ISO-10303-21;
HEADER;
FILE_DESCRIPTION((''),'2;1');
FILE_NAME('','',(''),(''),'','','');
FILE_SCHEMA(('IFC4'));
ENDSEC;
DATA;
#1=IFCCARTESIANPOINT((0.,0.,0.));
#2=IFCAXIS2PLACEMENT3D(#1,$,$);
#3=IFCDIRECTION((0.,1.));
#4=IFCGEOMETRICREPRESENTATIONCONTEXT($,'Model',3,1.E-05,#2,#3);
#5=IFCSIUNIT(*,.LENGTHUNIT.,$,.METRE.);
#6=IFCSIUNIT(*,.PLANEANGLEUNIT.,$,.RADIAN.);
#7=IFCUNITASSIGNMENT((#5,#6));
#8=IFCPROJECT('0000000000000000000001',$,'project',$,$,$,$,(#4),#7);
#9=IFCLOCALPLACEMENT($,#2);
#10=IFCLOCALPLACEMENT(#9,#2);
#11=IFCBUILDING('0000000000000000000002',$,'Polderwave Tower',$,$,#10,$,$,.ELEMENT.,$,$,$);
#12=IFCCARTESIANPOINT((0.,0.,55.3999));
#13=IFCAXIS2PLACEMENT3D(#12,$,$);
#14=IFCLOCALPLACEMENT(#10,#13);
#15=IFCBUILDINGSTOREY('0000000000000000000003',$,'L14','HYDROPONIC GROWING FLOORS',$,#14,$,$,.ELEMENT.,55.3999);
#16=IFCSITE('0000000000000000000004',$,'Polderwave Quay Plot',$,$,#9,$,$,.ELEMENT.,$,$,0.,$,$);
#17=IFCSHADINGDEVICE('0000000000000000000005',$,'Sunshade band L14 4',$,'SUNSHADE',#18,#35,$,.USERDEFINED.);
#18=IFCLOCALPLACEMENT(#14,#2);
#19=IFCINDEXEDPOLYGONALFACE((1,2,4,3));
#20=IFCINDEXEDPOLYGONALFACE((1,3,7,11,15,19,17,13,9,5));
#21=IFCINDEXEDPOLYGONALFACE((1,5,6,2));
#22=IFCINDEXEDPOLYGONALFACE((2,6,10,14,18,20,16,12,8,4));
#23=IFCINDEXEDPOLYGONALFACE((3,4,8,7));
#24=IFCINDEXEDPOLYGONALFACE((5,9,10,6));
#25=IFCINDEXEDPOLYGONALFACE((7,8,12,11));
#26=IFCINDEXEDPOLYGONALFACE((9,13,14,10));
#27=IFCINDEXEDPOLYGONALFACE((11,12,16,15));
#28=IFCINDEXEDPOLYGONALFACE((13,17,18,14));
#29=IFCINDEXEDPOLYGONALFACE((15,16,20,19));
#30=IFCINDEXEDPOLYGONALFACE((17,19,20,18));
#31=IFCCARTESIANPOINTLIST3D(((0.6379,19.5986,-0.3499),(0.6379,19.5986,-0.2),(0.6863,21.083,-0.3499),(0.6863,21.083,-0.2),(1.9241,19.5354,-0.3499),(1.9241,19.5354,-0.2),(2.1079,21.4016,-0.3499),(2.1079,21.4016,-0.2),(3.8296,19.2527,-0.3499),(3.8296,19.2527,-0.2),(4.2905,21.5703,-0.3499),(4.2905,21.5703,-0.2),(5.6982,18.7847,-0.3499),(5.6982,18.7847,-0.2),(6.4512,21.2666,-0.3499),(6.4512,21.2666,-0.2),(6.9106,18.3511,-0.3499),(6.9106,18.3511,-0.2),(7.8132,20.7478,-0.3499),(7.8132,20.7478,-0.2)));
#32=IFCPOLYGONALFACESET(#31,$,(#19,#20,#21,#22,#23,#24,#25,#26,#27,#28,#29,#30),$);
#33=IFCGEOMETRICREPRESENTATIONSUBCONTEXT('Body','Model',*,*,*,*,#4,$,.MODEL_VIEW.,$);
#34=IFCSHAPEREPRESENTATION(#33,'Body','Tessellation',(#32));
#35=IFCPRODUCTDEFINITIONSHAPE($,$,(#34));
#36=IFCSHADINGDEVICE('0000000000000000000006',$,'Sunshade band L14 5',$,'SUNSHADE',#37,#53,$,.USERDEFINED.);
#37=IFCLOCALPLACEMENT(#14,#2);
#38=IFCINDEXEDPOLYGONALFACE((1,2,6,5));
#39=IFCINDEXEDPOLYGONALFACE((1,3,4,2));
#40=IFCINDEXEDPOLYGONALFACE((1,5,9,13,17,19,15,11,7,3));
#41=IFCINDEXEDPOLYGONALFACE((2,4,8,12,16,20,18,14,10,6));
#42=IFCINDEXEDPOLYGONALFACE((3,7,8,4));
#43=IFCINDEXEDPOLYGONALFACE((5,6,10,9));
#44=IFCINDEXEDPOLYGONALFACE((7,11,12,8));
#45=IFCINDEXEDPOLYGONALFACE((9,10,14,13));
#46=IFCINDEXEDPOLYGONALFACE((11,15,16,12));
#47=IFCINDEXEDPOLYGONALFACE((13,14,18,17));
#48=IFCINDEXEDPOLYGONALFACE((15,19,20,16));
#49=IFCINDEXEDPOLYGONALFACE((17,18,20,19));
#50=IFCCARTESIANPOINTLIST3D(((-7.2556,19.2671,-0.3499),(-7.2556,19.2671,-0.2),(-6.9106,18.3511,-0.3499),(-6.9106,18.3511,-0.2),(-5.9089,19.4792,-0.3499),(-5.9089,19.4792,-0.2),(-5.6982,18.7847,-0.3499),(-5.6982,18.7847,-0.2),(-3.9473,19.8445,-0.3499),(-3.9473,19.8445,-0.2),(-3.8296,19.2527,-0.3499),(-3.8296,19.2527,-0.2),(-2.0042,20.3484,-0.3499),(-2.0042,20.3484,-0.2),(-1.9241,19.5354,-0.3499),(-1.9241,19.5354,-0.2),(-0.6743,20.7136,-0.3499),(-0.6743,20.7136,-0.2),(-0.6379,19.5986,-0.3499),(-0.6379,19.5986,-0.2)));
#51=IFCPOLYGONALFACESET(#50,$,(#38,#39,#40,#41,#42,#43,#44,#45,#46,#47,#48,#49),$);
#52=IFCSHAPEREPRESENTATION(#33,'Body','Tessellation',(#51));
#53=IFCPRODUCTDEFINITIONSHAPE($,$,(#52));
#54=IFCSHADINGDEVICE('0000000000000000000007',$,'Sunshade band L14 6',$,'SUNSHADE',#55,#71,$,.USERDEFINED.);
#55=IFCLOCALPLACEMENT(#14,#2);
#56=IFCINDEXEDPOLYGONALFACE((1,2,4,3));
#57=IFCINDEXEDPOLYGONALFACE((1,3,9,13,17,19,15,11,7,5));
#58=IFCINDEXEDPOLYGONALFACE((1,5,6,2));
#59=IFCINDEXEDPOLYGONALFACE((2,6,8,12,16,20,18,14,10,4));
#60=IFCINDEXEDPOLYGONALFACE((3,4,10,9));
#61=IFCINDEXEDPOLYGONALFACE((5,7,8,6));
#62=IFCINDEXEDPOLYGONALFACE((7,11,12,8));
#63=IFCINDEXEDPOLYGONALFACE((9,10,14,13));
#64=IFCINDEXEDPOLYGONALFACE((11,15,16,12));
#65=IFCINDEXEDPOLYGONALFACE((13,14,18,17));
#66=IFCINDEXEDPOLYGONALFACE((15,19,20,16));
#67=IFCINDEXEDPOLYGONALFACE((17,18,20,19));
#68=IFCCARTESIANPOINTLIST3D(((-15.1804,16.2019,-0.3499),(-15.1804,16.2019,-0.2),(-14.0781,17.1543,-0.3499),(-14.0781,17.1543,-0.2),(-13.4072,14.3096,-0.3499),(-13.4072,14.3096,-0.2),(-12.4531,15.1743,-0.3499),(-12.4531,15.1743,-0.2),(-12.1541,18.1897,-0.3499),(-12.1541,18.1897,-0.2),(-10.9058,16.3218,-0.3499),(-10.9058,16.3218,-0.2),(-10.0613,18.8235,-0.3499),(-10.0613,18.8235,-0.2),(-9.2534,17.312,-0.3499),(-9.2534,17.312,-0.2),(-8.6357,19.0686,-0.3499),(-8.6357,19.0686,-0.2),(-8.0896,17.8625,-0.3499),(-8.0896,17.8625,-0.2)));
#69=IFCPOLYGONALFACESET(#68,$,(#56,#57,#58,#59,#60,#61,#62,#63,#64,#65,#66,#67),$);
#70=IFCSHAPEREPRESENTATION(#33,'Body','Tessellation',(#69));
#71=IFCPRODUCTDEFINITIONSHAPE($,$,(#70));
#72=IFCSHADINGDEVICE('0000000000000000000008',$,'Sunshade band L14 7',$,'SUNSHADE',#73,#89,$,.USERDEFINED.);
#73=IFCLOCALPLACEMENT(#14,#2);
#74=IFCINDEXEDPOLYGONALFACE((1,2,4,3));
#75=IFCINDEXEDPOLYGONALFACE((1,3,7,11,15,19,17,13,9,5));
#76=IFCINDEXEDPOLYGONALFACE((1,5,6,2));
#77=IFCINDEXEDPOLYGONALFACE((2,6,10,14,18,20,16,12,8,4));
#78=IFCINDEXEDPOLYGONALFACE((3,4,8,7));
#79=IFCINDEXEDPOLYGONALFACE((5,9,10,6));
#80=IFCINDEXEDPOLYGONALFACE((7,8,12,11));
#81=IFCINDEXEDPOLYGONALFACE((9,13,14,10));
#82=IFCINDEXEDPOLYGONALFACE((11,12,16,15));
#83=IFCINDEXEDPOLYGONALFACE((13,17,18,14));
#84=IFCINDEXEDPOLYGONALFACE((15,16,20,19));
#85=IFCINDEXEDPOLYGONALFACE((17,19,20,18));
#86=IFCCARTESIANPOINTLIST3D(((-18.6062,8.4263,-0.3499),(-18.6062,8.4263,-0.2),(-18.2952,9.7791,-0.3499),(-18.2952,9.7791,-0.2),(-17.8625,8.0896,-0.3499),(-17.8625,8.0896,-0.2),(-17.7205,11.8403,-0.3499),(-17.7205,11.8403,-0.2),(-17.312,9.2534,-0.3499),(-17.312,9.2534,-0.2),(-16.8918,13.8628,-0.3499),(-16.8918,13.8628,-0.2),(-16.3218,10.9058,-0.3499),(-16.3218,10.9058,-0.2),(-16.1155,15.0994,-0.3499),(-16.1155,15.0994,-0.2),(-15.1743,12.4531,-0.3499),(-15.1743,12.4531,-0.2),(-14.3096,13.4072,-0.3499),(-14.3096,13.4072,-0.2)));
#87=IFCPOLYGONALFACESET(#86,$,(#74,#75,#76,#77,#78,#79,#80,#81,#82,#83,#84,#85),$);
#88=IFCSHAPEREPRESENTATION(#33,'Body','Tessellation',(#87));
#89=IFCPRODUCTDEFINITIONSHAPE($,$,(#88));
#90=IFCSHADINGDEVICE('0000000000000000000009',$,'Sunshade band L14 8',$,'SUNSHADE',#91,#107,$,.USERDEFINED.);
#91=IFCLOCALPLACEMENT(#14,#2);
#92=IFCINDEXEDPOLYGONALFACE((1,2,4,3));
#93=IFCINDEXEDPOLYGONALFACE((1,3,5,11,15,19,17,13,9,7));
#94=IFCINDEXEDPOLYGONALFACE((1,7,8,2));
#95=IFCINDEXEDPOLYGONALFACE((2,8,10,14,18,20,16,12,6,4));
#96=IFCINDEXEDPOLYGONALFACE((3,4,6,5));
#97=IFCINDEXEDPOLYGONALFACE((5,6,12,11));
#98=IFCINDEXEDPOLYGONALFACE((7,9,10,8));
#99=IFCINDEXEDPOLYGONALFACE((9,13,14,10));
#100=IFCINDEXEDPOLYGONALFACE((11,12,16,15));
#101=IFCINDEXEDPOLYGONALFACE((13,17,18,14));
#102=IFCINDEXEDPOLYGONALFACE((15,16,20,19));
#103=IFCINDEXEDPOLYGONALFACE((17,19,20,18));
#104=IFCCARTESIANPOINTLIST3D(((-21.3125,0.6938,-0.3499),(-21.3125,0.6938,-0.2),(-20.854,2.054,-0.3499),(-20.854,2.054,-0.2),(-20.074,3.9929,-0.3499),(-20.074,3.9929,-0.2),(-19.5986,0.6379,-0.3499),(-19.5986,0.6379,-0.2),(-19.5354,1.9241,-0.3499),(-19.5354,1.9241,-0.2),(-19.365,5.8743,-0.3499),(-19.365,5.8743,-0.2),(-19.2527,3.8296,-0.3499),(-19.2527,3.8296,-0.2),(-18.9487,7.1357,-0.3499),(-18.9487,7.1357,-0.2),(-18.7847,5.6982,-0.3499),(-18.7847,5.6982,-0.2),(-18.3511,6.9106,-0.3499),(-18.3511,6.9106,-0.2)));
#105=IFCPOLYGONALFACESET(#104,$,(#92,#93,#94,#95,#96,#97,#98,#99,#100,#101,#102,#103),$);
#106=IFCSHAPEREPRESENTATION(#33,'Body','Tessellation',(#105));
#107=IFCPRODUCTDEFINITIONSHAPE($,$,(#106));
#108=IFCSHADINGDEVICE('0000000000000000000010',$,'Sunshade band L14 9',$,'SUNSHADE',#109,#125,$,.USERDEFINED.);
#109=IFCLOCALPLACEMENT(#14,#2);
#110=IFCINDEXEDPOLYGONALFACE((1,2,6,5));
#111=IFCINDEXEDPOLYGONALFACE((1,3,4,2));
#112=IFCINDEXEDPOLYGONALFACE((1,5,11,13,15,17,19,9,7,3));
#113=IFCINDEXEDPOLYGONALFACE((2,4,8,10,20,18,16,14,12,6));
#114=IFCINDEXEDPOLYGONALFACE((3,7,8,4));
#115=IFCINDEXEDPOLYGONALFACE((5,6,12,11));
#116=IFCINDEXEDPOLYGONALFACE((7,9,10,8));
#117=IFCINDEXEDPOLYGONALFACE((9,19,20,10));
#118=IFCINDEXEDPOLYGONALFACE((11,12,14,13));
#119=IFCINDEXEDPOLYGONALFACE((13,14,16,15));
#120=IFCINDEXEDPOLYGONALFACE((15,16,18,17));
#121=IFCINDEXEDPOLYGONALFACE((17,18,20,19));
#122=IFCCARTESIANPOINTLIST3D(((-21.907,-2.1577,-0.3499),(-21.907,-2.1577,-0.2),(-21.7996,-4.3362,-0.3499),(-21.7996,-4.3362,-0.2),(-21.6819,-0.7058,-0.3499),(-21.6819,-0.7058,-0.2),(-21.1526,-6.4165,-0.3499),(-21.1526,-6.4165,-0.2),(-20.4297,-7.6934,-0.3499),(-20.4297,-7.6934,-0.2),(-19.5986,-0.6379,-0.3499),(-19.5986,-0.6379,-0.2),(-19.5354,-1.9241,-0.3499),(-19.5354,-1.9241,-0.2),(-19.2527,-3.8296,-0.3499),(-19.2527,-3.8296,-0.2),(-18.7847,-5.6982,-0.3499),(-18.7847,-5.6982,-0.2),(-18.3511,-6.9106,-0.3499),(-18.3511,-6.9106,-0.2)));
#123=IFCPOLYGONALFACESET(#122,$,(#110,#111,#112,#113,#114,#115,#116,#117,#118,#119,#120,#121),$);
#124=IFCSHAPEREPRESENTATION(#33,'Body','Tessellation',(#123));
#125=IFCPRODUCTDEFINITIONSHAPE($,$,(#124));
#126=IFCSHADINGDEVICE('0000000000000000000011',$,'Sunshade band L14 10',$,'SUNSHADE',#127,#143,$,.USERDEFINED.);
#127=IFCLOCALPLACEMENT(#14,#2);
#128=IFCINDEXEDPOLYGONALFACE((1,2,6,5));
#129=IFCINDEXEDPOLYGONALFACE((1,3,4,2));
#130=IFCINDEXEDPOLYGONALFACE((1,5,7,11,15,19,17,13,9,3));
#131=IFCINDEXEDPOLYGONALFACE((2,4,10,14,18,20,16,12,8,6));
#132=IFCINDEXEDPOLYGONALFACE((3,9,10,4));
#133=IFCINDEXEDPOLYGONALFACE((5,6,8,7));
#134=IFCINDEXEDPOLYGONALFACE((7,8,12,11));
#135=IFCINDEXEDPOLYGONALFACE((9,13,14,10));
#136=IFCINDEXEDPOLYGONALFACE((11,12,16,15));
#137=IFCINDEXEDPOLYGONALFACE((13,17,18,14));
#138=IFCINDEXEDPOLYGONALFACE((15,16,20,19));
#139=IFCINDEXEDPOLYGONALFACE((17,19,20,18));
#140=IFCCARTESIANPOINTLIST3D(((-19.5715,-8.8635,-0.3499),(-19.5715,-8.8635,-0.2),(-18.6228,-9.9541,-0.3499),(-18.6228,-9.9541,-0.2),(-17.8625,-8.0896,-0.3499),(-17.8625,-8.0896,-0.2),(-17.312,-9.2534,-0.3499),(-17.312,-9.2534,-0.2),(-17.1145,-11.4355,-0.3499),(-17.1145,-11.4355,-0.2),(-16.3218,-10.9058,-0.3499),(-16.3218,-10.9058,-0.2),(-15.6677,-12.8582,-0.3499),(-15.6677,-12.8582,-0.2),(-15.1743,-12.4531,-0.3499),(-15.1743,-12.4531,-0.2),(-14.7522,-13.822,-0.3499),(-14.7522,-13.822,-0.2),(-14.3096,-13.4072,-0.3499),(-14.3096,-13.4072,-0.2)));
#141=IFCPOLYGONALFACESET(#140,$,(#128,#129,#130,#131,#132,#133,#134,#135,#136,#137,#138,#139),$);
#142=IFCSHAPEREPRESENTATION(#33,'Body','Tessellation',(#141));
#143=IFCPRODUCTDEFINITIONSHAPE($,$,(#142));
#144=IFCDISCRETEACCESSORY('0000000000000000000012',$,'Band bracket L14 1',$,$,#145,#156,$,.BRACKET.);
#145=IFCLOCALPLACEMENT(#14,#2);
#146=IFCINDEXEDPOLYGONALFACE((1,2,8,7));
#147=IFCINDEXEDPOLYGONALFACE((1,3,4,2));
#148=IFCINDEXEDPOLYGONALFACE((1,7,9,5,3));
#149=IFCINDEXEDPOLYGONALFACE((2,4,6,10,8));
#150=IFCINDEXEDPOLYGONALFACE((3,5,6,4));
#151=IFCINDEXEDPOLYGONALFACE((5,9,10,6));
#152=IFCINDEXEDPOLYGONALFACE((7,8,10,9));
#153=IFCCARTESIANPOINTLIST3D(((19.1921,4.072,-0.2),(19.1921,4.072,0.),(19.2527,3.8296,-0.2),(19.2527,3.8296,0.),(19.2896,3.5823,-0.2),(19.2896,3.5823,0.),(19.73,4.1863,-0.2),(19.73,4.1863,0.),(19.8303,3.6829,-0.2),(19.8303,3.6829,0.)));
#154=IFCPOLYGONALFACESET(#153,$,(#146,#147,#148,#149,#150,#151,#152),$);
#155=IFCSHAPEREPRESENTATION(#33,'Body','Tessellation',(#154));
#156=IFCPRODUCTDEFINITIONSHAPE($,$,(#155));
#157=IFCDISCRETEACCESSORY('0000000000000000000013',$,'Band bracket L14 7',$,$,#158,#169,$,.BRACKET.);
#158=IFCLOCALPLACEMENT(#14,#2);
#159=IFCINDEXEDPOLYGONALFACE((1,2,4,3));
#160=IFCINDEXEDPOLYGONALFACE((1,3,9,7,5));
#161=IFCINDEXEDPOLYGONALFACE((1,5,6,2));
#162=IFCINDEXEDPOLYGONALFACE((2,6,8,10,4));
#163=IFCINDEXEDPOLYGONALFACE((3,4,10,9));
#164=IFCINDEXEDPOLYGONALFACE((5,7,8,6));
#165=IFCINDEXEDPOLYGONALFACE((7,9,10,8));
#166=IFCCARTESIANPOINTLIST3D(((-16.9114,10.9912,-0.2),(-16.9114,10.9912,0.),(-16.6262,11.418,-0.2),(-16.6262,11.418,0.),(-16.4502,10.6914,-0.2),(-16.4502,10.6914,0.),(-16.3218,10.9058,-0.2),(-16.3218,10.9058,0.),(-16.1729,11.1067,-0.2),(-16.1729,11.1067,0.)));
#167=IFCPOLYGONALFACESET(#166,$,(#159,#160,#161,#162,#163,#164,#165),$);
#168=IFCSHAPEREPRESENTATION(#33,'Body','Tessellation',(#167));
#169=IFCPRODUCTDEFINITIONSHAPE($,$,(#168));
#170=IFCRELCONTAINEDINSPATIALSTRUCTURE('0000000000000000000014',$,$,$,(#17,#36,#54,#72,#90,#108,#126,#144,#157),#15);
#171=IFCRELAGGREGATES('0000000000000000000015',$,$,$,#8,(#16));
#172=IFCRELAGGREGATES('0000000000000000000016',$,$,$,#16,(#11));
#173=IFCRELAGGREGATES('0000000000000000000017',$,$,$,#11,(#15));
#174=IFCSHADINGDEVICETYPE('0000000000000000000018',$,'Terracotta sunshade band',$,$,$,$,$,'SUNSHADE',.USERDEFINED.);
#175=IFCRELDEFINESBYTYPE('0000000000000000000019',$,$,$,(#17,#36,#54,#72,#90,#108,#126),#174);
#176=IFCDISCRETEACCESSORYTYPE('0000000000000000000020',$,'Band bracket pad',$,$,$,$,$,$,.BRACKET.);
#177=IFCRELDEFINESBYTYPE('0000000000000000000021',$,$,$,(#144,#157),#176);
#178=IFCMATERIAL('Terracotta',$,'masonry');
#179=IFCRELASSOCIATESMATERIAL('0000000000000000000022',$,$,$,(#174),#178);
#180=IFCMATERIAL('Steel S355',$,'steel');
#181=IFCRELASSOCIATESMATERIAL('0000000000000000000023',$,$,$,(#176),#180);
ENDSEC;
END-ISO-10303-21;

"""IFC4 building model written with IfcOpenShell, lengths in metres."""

from ifc_helpers import new_model, si_unit, direction, frame, origin, place, context, subcontext, project, spatial, polyline, outline, extrude, material, type_object, element, save


model = new_model("IFC4")

# Units and contexts
model_context = context("Model", 3, precision=1e-05, world=origin(), true_north=direction((0.0, 1.0)))
body_context = subcontext(model_context, "Body", "Model", "MODEL_VIEW")
ifc_project = project(units=[si_unit("LENGTHUNIT", "METRE"), si_unit("PLANEANGLEUNIT", "RADIAN")], contexts=[model_context])

# Site, building, storey
site_placement = place(None, origin())
site = spatial("IfcSite", under=ifc_project, at=site_placement, Name="Polderwave Quay Plot", CompositionType="ELEMENT", RefElevation=0.0)
building_placement = place(site_placement, origin())
building = spatial("IfcBuilding", under=site, at=building_placement, Name="Polderwave Tower", CompositionType="ELEMENT")
storey_placement = place(building_placement, frame((0.0, 0.0, 55.3999)))
storey = spatial("IfcBuildingStorey", under=building, at=storey_placement, Name="L14", Description="HYDROPONIC GROWING FLOORS", CompositionType="ELEMENT", Elevation=55.3999)

# Shading devices
ifc_material_1 = material(Name="Terracotta", Category="masonry")
shading_device_type = type_object("IfcShadingDeviceType", Name="Terracotta sunshade band", ElementType="SUNSHADE", PredefinedType="USERDEFINED", material=ifc_material_1)
shading_device_1_placement = place(storey_placement, frame((0.0, 0.0, -0.3499)))
element("IfcShadingDevice", 1, at=shading_device_1_placement, inside=storey, type_object=shading_device_type, Name="Sunshade band L14 4", ObjectType="SUNSHADE", PredefinedType="USERDEFINED", context=body_context, shape_type="SweptSolid", body=[
    extrude(outline(polyline([(6.9106, 18.3511), (5.6982, 18.7847), (3.8296, 19.2527), (1.9241, 19.5354), (0.6379, 19.5986), (0.6863, 21.083), (2.1079, 21.4016), (4.2905, 21.5703), (6.4512, 21.2666), (7.8132, 20.7478), (6.9106, 18.3511)])), origin(), (0.0, 0.0, 1.0), 0.1499),
])
shading_device_2_placement = place(storey_placement, frame((0.0, 0.0, -0.3499)))
element("IfcShadingDevice", 2, at=shading_device_2_placement, inside=storey, type_object=shading_device_type, Name="Sunshade band L14 5", ObjectType="SUNSHADE", PredefinedType="USERDEFINED", context=body_context, shape_type="SweptSolid", body=[
    extrude(outline(polyline([(-0.6379, 19.5986), (-1.9241, 19.5354), (-3.8296, 19.2527), (-5.6982, 18.7847), (-6.9106, 18.3511), (-7.2556, 19.2671), (-5.9089, 19.4792), (-3.9473, 19.8445), (-2.0042, 20.3484), (-0.6743, 20.7136), (-0.6379, 19.5986)])), origin(), (0.0, 0.0, 1.0), 0.1499),
])
shading_device_3_placement = place(storey_placement, frame((0.0, 0.0, -0.3499)))
element("IfcShadingDevice", 3, at=shading_device_3_placement, inside=storey, type_object=shading_device_type, Name="Sunshade band L14 6", ObjectType="SUNSHADE", PredefinedType="USERDEFINED", context=body_context, shape_type="SweptSolid", body=[
    extrude(outline(polyline([(-8.0896, 17.8625), (-9.2534, 17.312), (-10.9058, 16.3218), (-12.4531, 15.1743), (-13.4072, 14.3096), (-15.1804, 16.2019), (-14.0781, 17.1543), (-12.1541, 18.1897), (-10.0613, 18.8235), (-8.6357, 19.0686), (-8.0896, 17.8625)])), origin(), (0.0, 0.0, 1.0), 0.1499),
])
shading_device_4_placement = place(storey_placement, frame((0.0, 0.0, -0.3499)))
element("IfcShadingDevice", 4, at=shading_device_4_placement, inside=storey, type_object=shading_device_type, Name="Sunshade band L14 7", ObjectType="SUNSHADE", PredefinedType="USERDEFINED", context=body_context, shape_type="SweptSolid", body=[
    extrude(outline(polyline([(-14.3096, 13.4072), (-15.1743, 12.4531), (-16.3218, 10.9058), (-17.312, 9.2534), (-17.8625, 8.0896), (-18.6062, 8.4263), (-18.2952, 9.7791), (-17.7205, 11.8403), (-16.8918, 13.8628), (-16.1155, 15.0994), (-14.3096, 13.4072)])), origin(), (0.0, 0.0, 1.0), 0.1499),
])
shading_device_5_placement = place(storey_placement, frame((0.0, 0.0, -0.3499)))
element("IfcShadingDevice", 5, at=shading_device_5_placement, inside=storey, type_object=shading_device_type, Name="Sunshade band L14 8", ObjectType="SUNSHADE", PredefinedType="USERDEFINED", context=body_context, shape_type="SweptSolid", body=[
    extrude(outline(polyline([(-18.3511, 6.9106), (-18.7847, 5.6982), (-19.2527, 3.8296), (-19.5354, 1.9241), (-19.5986, 0.6379), (-21.3125, 0.6938), (-20.854, 2.054), (-20.074, 3.9929), (-19.365, 5.8743), (-18.9487, 7.1357), (-18.3511, 6.9106)])), origin(), (0.0, 0.0, 1.0), 0.1499),
])
shading_device_6_placement = place(storey_placement, frame((0.0, 0.0, -0.3499)))
element("IfcShadingDevice", 6, at=shading_device_6_placement, inside=storey, type_object=shading_device_type, Name="Sunshade band L14 9", ObjectType="SUNSHADE", PredefinedType="USERDEFINED", context=body_context, shape_type="SweptSolid", body=[
    extrude(outline(polyline([(-19.5986, -0.6379), (-19.5354, -1.9241), (-19.2527, -3.8296), (-18.7847, -5.6982), (-18.3511, -6.9106), (-20.4297, -7.6934), (-21.1526, -6.4165), (-21.7996, -4.3362), (-21.907, -2.1577), (-21.6819, -0.7058), (-19.5986, -0.6379)])), origin(), (0.0, 0.0, 1.0), 0.1499),
])
shading_device_7_placement = place(storey_placement, frame((0.0, 0.0, -0.3499)))
element("IfcShadingDevice", 7, at=shading_device_7_placement, inside=storey, type_object=shading_device_type, Name="Sunshade band L14 10", ObjectType="SUNSHADE", PredefinedType="USERDEFINED", context=body_context, shape_type="SweptSolid", body=[
    extrude(outline(polyline([(-17.8625, -8.0896), (-17.312, -9.2534), (-16.3218, -10.9058), (-15.1743, -12.4531), (-14.3096, -13.4072), (-14.7522, -13.822), (-15.6677, -12.8582), (-17.1145, -11.4355), (-18.6228, -9.9541), (-19.5715, -8.8635), (-17.8625, -8.0896)])), origin(), (0.0, 0.0, 1.0), 0.1499),
])

# Discrete accessories
ifc_material_2 = material(Name="Steel S355", Category="steel")
discrete_accessory_type = type_object("IfcDiscreteAccessoryType", Name="Band bracket pad", PredefinedType="BRACKET", material=ifc_material_2)
discrete_accessory_1_placement = place(storey_placement, frame((0.0, 0.0, -0.2)))
element("IfcDiscreteAccessory", 8, at=discrete_accessory_1_placement, inside=storey, type_object=discrete_accessory_type, Name="Band bracket L14 1", PredefinedType="BRACKET", context=body_context, shape_type="SweptSolid", body=[
    extrude(outline(polyline([(19.2896, 3.5823), (19.2527, 3.8296), (19.1921, 4.072), (19.73, 4.1863), (19.8303, 3.6829), (19.2896, 3.5823)])), origin(), (0.0, 0.0, 1.0), 0.2),
])
discrete_accessory_2_placement = place(storey_placement, frame((0.0, 0.0, -0.2)))
element("IfcDiscreteAccessory", 9, at=discrete_accessory_2_placement, inside=storey, type_object=discrete_accessory_type, Name="Band bracket L14 7", PredefinedType="BRACKET", context=body_context, shape_type="SweptSolid", body=[
    extrude(outline(polyline([(-16.1729, 11.1067), (-16.3218, 10.9058), (-16.4502, 10.6914), (-16.9114, 10.9912), (-16.6262, 11.418), (-16.1729, 11.1067)])), origin(), (0.0, 0.0, 1.0), 0.2),
])

save(model, "model.ifc")
